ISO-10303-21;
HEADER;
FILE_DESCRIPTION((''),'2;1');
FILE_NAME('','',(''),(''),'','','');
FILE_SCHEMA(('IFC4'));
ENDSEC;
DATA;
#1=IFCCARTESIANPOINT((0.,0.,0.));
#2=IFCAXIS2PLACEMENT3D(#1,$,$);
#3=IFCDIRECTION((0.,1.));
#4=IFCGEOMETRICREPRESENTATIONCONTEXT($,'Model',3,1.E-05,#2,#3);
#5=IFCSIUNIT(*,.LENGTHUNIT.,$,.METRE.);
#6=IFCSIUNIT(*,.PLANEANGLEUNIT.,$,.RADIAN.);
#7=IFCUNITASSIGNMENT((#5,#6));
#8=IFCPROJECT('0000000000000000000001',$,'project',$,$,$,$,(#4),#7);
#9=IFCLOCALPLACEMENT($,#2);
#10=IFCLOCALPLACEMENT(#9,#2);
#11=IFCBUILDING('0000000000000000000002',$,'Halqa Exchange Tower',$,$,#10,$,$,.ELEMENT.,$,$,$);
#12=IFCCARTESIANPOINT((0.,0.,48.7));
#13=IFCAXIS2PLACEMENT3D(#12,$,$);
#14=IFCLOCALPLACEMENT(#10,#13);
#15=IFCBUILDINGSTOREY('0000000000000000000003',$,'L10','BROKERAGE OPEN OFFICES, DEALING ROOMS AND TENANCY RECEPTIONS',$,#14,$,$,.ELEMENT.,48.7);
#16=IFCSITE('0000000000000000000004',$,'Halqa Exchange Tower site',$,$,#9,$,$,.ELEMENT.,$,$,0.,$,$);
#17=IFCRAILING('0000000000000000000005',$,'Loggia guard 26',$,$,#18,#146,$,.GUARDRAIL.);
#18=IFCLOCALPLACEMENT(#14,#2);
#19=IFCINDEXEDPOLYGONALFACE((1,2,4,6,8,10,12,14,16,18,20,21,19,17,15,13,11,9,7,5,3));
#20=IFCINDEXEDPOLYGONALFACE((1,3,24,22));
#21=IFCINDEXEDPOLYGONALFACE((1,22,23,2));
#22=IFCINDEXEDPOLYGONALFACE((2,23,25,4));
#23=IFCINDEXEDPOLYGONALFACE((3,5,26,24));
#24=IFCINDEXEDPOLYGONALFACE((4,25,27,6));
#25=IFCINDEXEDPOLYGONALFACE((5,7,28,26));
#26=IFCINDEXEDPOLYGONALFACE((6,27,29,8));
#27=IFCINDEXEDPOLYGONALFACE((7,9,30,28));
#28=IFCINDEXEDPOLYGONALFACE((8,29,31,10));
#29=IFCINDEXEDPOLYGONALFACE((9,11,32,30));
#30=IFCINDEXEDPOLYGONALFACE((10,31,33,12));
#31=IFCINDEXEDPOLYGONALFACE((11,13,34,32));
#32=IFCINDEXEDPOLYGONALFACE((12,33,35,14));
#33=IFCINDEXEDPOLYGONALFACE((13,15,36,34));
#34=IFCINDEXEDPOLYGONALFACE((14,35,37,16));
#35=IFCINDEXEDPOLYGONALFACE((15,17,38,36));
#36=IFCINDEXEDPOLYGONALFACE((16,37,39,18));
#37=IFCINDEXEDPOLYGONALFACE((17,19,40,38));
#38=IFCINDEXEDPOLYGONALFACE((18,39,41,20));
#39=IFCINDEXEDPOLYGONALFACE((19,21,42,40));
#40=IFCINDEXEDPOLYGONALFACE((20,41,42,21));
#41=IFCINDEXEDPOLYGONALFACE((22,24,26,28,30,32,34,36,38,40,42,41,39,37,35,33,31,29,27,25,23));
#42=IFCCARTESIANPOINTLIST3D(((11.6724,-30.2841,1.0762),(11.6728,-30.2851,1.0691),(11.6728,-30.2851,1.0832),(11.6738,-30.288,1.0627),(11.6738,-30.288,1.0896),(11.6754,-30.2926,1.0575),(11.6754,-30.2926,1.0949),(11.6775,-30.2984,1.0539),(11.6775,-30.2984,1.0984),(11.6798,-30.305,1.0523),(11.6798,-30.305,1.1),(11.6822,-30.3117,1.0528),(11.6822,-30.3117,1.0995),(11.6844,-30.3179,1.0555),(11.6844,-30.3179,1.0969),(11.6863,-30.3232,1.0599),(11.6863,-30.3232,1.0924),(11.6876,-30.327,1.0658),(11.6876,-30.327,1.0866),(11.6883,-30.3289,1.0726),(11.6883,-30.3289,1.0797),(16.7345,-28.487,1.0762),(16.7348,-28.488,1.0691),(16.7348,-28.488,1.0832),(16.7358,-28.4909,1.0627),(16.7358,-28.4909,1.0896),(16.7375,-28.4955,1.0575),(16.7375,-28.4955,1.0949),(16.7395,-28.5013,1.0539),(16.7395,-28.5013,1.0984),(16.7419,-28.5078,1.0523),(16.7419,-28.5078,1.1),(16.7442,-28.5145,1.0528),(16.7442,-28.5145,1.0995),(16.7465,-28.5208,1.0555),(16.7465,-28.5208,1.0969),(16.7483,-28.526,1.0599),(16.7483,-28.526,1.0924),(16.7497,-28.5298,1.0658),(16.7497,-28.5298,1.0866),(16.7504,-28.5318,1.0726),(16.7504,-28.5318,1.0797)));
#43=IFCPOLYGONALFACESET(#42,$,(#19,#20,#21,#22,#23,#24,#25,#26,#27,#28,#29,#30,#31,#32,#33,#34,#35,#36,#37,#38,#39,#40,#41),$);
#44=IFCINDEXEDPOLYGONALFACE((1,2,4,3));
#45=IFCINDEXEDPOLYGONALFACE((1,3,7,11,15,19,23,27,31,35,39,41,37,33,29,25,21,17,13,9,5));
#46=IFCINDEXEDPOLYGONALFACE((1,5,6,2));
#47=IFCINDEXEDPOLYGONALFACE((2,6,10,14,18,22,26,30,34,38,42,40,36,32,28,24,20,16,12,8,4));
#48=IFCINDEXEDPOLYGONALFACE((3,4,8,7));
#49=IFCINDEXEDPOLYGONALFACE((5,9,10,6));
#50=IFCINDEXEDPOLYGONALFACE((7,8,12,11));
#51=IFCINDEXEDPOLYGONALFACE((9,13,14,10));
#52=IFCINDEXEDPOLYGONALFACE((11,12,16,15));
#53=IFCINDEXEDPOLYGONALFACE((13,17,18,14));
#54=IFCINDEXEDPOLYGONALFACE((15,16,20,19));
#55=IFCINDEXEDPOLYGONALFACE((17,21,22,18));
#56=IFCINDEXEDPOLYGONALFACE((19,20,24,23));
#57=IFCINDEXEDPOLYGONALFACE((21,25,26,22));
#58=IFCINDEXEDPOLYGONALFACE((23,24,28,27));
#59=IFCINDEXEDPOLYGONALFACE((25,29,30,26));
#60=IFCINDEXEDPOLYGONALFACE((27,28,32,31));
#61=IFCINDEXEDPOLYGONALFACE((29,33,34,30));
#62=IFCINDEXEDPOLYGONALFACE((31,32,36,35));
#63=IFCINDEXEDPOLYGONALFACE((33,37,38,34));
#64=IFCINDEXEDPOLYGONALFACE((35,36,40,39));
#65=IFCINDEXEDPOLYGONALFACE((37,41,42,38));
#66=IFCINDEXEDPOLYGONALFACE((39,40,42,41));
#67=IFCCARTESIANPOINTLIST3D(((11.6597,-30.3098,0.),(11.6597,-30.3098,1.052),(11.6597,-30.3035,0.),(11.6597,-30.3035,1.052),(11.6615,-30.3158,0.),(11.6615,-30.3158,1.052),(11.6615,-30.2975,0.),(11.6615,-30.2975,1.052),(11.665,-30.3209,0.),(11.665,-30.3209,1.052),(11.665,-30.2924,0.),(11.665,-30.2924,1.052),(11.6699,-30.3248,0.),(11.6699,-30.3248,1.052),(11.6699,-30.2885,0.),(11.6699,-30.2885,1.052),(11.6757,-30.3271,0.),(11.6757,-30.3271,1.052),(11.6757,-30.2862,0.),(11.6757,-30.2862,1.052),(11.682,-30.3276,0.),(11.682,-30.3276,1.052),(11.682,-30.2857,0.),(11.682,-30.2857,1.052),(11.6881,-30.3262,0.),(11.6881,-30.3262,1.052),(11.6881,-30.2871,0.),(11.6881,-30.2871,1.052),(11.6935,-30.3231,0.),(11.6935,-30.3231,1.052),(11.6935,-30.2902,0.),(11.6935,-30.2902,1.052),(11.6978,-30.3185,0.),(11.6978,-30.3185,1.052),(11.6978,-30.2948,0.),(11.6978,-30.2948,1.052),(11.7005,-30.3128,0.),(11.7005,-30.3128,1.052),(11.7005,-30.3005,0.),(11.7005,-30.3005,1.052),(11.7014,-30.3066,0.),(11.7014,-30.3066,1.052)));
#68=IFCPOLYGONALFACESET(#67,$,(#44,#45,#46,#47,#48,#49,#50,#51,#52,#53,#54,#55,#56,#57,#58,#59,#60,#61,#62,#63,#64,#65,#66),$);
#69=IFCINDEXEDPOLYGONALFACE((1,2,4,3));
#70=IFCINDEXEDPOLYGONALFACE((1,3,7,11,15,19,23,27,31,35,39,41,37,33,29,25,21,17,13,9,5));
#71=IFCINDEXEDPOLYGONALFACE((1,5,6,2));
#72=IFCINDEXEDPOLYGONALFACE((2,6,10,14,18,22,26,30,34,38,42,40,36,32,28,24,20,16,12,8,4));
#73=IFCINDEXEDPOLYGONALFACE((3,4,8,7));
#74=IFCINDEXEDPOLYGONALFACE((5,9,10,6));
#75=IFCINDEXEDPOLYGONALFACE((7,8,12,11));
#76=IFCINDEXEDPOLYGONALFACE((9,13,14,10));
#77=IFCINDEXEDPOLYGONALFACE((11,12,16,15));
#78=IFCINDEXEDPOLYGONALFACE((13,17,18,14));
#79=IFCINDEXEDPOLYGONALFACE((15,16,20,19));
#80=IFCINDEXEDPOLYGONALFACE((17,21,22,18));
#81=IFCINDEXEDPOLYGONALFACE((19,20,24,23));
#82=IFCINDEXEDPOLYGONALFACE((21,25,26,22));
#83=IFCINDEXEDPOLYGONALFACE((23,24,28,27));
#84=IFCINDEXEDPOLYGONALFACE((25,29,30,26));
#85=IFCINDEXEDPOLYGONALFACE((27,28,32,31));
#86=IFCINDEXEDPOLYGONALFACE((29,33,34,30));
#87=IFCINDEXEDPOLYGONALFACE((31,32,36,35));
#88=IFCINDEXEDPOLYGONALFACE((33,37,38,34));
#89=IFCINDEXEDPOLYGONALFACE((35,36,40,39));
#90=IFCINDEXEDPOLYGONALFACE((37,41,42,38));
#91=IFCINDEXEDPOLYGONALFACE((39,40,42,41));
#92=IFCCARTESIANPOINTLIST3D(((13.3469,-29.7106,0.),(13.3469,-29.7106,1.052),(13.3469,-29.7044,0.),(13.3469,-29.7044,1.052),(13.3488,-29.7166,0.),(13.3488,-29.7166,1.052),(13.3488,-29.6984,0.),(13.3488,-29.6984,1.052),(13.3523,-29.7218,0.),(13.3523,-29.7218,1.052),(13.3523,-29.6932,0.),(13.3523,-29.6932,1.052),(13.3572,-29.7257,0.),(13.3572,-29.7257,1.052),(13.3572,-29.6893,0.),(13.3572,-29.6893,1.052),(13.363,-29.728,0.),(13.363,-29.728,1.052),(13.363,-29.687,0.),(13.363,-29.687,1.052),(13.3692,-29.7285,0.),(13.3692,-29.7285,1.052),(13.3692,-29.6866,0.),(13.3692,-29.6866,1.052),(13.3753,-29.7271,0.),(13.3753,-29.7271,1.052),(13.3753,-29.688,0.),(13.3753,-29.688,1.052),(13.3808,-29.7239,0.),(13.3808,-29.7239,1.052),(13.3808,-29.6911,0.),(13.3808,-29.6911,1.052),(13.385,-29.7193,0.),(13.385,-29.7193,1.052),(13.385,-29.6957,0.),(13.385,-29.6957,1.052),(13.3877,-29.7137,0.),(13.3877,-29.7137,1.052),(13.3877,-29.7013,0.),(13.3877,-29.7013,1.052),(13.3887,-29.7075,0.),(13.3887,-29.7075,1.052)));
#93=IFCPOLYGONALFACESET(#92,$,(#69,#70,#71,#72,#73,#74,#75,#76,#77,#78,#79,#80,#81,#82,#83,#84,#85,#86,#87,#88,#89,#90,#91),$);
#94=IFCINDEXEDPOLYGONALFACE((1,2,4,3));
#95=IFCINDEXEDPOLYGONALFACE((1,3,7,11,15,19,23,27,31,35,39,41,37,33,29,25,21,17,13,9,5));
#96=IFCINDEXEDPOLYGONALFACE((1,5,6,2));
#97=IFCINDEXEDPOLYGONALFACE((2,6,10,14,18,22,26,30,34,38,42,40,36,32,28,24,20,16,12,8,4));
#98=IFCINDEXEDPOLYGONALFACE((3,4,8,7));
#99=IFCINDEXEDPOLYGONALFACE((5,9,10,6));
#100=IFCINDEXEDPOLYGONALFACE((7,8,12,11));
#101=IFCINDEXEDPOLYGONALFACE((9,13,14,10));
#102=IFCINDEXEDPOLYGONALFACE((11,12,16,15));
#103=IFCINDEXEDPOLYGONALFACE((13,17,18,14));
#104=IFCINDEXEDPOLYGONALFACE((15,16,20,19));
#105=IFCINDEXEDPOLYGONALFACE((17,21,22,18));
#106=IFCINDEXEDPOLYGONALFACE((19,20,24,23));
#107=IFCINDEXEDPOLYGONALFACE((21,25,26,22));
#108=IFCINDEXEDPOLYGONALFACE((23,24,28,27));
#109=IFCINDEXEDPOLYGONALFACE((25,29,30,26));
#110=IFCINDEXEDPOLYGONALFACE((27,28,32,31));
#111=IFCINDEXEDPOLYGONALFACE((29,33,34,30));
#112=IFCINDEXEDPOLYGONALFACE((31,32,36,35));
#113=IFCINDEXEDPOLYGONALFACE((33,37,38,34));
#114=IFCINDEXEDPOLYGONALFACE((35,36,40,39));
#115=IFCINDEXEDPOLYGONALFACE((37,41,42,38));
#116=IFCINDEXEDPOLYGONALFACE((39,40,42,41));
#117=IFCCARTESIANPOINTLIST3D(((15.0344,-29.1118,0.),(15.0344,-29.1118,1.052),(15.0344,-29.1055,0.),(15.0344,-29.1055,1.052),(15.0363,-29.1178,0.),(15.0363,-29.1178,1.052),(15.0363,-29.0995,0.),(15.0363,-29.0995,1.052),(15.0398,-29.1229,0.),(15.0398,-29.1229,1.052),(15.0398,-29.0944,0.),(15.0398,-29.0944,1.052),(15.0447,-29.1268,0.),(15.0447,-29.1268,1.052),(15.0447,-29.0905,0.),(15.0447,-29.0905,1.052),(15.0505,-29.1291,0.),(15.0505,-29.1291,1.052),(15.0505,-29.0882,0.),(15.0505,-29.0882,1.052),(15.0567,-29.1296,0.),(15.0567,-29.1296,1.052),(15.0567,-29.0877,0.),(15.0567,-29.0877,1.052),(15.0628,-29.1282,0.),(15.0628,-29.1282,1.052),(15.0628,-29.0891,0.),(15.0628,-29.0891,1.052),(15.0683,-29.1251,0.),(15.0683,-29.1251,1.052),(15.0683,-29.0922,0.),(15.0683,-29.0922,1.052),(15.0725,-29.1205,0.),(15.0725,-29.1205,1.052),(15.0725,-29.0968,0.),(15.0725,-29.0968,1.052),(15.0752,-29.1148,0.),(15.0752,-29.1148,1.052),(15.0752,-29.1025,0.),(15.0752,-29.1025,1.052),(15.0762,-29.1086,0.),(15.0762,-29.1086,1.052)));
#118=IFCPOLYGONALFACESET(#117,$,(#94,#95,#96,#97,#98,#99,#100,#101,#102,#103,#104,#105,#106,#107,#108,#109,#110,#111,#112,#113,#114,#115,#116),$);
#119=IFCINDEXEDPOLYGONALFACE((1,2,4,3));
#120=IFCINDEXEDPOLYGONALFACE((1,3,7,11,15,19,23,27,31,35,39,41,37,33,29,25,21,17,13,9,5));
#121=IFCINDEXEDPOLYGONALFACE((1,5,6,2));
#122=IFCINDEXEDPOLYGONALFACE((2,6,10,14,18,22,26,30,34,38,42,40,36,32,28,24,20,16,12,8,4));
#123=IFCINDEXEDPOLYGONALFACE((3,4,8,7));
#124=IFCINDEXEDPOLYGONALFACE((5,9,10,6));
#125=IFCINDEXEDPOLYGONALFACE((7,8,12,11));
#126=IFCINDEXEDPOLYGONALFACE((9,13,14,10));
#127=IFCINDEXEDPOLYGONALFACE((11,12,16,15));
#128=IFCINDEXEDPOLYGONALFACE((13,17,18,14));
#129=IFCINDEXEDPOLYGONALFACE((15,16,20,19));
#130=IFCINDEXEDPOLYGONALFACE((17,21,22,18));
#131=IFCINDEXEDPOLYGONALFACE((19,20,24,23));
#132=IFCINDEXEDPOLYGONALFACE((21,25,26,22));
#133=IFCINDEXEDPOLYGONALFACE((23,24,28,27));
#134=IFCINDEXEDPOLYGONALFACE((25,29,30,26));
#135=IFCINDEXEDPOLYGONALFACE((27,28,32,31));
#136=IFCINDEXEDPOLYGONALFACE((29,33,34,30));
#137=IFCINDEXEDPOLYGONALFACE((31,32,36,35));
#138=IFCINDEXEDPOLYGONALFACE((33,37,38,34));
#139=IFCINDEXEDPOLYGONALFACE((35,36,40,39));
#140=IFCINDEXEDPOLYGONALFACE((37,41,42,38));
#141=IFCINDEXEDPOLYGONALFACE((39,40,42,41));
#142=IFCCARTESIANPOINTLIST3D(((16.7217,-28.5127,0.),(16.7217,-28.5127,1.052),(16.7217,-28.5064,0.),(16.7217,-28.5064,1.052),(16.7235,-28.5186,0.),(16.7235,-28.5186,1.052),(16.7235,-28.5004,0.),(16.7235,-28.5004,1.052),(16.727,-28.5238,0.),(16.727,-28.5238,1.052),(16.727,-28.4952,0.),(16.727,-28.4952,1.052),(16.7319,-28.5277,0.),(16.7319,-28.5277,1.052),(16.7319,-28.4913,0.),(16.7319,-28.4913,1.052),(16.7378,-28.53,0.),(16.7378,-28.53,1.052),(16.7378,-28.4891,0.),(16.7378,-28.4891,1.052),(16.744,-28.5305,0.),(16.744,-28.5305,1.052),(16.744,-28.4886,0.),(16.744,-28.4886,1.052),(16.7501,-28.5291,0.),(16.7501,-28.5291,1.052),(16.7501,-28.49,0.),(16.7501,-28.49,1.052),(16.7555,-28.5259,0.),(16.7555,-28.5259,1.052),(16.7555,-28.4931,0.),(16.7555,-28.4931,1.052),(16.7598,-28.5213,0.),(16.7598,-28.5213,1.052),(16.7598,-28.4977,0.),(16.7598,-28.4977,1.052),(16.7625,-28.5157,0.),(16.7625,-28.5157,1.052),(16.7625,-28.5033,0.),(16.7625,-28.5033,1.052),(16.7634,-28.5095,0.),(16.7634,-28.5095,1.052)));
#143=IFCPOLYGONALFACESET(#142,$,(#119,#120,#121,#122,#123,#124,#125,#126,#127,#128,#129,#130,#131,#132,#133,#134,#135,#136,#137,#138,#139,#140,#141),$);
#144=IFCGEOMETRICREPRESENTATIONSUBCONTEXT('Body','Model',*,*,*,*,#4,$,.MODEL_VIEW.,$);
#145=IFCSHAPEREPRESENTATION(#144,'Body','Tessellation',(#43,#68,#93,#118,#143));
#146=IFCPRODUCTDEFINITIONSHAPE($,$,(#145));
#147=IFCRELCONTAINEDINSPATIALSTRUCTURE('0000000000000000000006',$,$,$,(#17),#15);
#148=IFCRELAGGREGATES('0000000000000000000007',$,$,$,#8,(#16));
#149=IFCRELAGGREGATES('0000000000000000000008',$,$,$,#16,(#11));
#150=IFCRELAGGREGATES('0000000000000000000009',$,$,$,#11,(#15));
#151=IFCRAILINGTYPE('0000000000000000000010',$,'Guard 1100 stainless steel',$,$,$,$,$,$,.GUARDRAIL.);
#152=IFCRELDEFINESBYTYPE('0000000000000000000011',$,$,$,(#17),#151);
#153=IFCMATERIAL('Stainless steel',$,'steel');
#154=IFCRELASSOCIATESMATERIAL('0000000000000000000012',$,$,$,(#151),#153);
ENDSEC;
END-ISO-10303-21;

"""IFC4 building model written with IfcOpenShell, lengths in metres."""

from ifc_helpers import new_model, si_unit, direction, frame, origin, origin_2d, place, context, subcontext, project, spatial, circle, extrude, material, type_object, element, save


model = new_model("IFC4")

# Units and contexts
model_context = context("Model", 3, precision=1e-05, world=origin(), true_north=direction((0.0, 1.0)))
body_context = subcontext(model_context, "Body", "Model", "MODEL_VIEW")
ifc_project = project(units=[si_unit("LENGTHUNIT", "METRE"), si_unit("PLANEANGLEUNIT", "RADIAN")], contexts=[model_context])

# Site, building, storey
site_placement = place(None, origin())
site = spatial("IfcSite", under=ifc_project, at=site_placement, Name="Halqa Exchange Tower site", CompositionType="ELEMENT", RefElevation=0.0)
building_placement = place(site_placement, origin())
building = spatial("IfcBuilding", under=site, at=building_placement, Name="Halqa Exchange Tower", CompositionType="ELEMENT")
storey_placement = place(building_placement, frame((0.0, 0.0, 48.7)))
storey = spatial("IfcBuildingStorey", under=building, at=storey_placement, Name="L10", Description="BROKERAGE OPEN OFFICES, DEALING ROOMS AND TENANCY RECEPTIONS", CompositionType="ELEMENT", Elevation=48.7)

# Railing
ifc_material_1 = material(Name="Stainless steel", Category="steel")
railing_type = type_object("IfcRailingType", Name="Guard 1100 stainless steel", PredefinedType="GUARDRAIL", material=ifc_material_1)
railing_1_placement = place(storey_placement, frame((11.6804, -30.3066, 0.0)))
element("IfcRailing", 1, at=railing_1_placement, inside=storey, type_object=railing_type, Name="Loggia guard 26", PredefinedType="GUARDRAIL", context=body_context, shape_type="SweptSolid", body=[
    extrude(circle(Radius=0.0239, at=origin_2d()), frame((0.0, 0.0, 1.0762), z_axis=(0.942374, 0.334562, 0.0), x_axis=(-0.334562, 0.942374, 0.0)), (0.0, 0.0, 1.0), 5.3716),
    extrude(circle(Radius=0.021, at=origin_2d()), origin(), (0.0, 0.0, 1.0), 1.052),
    extrude(circle(Radius=0.021, at=origin_2d()), frame((1.6873, 0.5991, 0.0)), (0.0, 0.0, 1.0), 1.052),
    extrude(circle(Radius=0.021, at=origin_2d()), frame((3.3748, 1.198, 0.0)), (0.0, 0.0, 1.0), 1.052),
    extrude(circle(Radius=0.021, at=origin_2d()), frame((5.062, 1.7971, 0.0)), (0.0, 0.0, 1.0), 1.052),
])

save(model, "model.ifc")
